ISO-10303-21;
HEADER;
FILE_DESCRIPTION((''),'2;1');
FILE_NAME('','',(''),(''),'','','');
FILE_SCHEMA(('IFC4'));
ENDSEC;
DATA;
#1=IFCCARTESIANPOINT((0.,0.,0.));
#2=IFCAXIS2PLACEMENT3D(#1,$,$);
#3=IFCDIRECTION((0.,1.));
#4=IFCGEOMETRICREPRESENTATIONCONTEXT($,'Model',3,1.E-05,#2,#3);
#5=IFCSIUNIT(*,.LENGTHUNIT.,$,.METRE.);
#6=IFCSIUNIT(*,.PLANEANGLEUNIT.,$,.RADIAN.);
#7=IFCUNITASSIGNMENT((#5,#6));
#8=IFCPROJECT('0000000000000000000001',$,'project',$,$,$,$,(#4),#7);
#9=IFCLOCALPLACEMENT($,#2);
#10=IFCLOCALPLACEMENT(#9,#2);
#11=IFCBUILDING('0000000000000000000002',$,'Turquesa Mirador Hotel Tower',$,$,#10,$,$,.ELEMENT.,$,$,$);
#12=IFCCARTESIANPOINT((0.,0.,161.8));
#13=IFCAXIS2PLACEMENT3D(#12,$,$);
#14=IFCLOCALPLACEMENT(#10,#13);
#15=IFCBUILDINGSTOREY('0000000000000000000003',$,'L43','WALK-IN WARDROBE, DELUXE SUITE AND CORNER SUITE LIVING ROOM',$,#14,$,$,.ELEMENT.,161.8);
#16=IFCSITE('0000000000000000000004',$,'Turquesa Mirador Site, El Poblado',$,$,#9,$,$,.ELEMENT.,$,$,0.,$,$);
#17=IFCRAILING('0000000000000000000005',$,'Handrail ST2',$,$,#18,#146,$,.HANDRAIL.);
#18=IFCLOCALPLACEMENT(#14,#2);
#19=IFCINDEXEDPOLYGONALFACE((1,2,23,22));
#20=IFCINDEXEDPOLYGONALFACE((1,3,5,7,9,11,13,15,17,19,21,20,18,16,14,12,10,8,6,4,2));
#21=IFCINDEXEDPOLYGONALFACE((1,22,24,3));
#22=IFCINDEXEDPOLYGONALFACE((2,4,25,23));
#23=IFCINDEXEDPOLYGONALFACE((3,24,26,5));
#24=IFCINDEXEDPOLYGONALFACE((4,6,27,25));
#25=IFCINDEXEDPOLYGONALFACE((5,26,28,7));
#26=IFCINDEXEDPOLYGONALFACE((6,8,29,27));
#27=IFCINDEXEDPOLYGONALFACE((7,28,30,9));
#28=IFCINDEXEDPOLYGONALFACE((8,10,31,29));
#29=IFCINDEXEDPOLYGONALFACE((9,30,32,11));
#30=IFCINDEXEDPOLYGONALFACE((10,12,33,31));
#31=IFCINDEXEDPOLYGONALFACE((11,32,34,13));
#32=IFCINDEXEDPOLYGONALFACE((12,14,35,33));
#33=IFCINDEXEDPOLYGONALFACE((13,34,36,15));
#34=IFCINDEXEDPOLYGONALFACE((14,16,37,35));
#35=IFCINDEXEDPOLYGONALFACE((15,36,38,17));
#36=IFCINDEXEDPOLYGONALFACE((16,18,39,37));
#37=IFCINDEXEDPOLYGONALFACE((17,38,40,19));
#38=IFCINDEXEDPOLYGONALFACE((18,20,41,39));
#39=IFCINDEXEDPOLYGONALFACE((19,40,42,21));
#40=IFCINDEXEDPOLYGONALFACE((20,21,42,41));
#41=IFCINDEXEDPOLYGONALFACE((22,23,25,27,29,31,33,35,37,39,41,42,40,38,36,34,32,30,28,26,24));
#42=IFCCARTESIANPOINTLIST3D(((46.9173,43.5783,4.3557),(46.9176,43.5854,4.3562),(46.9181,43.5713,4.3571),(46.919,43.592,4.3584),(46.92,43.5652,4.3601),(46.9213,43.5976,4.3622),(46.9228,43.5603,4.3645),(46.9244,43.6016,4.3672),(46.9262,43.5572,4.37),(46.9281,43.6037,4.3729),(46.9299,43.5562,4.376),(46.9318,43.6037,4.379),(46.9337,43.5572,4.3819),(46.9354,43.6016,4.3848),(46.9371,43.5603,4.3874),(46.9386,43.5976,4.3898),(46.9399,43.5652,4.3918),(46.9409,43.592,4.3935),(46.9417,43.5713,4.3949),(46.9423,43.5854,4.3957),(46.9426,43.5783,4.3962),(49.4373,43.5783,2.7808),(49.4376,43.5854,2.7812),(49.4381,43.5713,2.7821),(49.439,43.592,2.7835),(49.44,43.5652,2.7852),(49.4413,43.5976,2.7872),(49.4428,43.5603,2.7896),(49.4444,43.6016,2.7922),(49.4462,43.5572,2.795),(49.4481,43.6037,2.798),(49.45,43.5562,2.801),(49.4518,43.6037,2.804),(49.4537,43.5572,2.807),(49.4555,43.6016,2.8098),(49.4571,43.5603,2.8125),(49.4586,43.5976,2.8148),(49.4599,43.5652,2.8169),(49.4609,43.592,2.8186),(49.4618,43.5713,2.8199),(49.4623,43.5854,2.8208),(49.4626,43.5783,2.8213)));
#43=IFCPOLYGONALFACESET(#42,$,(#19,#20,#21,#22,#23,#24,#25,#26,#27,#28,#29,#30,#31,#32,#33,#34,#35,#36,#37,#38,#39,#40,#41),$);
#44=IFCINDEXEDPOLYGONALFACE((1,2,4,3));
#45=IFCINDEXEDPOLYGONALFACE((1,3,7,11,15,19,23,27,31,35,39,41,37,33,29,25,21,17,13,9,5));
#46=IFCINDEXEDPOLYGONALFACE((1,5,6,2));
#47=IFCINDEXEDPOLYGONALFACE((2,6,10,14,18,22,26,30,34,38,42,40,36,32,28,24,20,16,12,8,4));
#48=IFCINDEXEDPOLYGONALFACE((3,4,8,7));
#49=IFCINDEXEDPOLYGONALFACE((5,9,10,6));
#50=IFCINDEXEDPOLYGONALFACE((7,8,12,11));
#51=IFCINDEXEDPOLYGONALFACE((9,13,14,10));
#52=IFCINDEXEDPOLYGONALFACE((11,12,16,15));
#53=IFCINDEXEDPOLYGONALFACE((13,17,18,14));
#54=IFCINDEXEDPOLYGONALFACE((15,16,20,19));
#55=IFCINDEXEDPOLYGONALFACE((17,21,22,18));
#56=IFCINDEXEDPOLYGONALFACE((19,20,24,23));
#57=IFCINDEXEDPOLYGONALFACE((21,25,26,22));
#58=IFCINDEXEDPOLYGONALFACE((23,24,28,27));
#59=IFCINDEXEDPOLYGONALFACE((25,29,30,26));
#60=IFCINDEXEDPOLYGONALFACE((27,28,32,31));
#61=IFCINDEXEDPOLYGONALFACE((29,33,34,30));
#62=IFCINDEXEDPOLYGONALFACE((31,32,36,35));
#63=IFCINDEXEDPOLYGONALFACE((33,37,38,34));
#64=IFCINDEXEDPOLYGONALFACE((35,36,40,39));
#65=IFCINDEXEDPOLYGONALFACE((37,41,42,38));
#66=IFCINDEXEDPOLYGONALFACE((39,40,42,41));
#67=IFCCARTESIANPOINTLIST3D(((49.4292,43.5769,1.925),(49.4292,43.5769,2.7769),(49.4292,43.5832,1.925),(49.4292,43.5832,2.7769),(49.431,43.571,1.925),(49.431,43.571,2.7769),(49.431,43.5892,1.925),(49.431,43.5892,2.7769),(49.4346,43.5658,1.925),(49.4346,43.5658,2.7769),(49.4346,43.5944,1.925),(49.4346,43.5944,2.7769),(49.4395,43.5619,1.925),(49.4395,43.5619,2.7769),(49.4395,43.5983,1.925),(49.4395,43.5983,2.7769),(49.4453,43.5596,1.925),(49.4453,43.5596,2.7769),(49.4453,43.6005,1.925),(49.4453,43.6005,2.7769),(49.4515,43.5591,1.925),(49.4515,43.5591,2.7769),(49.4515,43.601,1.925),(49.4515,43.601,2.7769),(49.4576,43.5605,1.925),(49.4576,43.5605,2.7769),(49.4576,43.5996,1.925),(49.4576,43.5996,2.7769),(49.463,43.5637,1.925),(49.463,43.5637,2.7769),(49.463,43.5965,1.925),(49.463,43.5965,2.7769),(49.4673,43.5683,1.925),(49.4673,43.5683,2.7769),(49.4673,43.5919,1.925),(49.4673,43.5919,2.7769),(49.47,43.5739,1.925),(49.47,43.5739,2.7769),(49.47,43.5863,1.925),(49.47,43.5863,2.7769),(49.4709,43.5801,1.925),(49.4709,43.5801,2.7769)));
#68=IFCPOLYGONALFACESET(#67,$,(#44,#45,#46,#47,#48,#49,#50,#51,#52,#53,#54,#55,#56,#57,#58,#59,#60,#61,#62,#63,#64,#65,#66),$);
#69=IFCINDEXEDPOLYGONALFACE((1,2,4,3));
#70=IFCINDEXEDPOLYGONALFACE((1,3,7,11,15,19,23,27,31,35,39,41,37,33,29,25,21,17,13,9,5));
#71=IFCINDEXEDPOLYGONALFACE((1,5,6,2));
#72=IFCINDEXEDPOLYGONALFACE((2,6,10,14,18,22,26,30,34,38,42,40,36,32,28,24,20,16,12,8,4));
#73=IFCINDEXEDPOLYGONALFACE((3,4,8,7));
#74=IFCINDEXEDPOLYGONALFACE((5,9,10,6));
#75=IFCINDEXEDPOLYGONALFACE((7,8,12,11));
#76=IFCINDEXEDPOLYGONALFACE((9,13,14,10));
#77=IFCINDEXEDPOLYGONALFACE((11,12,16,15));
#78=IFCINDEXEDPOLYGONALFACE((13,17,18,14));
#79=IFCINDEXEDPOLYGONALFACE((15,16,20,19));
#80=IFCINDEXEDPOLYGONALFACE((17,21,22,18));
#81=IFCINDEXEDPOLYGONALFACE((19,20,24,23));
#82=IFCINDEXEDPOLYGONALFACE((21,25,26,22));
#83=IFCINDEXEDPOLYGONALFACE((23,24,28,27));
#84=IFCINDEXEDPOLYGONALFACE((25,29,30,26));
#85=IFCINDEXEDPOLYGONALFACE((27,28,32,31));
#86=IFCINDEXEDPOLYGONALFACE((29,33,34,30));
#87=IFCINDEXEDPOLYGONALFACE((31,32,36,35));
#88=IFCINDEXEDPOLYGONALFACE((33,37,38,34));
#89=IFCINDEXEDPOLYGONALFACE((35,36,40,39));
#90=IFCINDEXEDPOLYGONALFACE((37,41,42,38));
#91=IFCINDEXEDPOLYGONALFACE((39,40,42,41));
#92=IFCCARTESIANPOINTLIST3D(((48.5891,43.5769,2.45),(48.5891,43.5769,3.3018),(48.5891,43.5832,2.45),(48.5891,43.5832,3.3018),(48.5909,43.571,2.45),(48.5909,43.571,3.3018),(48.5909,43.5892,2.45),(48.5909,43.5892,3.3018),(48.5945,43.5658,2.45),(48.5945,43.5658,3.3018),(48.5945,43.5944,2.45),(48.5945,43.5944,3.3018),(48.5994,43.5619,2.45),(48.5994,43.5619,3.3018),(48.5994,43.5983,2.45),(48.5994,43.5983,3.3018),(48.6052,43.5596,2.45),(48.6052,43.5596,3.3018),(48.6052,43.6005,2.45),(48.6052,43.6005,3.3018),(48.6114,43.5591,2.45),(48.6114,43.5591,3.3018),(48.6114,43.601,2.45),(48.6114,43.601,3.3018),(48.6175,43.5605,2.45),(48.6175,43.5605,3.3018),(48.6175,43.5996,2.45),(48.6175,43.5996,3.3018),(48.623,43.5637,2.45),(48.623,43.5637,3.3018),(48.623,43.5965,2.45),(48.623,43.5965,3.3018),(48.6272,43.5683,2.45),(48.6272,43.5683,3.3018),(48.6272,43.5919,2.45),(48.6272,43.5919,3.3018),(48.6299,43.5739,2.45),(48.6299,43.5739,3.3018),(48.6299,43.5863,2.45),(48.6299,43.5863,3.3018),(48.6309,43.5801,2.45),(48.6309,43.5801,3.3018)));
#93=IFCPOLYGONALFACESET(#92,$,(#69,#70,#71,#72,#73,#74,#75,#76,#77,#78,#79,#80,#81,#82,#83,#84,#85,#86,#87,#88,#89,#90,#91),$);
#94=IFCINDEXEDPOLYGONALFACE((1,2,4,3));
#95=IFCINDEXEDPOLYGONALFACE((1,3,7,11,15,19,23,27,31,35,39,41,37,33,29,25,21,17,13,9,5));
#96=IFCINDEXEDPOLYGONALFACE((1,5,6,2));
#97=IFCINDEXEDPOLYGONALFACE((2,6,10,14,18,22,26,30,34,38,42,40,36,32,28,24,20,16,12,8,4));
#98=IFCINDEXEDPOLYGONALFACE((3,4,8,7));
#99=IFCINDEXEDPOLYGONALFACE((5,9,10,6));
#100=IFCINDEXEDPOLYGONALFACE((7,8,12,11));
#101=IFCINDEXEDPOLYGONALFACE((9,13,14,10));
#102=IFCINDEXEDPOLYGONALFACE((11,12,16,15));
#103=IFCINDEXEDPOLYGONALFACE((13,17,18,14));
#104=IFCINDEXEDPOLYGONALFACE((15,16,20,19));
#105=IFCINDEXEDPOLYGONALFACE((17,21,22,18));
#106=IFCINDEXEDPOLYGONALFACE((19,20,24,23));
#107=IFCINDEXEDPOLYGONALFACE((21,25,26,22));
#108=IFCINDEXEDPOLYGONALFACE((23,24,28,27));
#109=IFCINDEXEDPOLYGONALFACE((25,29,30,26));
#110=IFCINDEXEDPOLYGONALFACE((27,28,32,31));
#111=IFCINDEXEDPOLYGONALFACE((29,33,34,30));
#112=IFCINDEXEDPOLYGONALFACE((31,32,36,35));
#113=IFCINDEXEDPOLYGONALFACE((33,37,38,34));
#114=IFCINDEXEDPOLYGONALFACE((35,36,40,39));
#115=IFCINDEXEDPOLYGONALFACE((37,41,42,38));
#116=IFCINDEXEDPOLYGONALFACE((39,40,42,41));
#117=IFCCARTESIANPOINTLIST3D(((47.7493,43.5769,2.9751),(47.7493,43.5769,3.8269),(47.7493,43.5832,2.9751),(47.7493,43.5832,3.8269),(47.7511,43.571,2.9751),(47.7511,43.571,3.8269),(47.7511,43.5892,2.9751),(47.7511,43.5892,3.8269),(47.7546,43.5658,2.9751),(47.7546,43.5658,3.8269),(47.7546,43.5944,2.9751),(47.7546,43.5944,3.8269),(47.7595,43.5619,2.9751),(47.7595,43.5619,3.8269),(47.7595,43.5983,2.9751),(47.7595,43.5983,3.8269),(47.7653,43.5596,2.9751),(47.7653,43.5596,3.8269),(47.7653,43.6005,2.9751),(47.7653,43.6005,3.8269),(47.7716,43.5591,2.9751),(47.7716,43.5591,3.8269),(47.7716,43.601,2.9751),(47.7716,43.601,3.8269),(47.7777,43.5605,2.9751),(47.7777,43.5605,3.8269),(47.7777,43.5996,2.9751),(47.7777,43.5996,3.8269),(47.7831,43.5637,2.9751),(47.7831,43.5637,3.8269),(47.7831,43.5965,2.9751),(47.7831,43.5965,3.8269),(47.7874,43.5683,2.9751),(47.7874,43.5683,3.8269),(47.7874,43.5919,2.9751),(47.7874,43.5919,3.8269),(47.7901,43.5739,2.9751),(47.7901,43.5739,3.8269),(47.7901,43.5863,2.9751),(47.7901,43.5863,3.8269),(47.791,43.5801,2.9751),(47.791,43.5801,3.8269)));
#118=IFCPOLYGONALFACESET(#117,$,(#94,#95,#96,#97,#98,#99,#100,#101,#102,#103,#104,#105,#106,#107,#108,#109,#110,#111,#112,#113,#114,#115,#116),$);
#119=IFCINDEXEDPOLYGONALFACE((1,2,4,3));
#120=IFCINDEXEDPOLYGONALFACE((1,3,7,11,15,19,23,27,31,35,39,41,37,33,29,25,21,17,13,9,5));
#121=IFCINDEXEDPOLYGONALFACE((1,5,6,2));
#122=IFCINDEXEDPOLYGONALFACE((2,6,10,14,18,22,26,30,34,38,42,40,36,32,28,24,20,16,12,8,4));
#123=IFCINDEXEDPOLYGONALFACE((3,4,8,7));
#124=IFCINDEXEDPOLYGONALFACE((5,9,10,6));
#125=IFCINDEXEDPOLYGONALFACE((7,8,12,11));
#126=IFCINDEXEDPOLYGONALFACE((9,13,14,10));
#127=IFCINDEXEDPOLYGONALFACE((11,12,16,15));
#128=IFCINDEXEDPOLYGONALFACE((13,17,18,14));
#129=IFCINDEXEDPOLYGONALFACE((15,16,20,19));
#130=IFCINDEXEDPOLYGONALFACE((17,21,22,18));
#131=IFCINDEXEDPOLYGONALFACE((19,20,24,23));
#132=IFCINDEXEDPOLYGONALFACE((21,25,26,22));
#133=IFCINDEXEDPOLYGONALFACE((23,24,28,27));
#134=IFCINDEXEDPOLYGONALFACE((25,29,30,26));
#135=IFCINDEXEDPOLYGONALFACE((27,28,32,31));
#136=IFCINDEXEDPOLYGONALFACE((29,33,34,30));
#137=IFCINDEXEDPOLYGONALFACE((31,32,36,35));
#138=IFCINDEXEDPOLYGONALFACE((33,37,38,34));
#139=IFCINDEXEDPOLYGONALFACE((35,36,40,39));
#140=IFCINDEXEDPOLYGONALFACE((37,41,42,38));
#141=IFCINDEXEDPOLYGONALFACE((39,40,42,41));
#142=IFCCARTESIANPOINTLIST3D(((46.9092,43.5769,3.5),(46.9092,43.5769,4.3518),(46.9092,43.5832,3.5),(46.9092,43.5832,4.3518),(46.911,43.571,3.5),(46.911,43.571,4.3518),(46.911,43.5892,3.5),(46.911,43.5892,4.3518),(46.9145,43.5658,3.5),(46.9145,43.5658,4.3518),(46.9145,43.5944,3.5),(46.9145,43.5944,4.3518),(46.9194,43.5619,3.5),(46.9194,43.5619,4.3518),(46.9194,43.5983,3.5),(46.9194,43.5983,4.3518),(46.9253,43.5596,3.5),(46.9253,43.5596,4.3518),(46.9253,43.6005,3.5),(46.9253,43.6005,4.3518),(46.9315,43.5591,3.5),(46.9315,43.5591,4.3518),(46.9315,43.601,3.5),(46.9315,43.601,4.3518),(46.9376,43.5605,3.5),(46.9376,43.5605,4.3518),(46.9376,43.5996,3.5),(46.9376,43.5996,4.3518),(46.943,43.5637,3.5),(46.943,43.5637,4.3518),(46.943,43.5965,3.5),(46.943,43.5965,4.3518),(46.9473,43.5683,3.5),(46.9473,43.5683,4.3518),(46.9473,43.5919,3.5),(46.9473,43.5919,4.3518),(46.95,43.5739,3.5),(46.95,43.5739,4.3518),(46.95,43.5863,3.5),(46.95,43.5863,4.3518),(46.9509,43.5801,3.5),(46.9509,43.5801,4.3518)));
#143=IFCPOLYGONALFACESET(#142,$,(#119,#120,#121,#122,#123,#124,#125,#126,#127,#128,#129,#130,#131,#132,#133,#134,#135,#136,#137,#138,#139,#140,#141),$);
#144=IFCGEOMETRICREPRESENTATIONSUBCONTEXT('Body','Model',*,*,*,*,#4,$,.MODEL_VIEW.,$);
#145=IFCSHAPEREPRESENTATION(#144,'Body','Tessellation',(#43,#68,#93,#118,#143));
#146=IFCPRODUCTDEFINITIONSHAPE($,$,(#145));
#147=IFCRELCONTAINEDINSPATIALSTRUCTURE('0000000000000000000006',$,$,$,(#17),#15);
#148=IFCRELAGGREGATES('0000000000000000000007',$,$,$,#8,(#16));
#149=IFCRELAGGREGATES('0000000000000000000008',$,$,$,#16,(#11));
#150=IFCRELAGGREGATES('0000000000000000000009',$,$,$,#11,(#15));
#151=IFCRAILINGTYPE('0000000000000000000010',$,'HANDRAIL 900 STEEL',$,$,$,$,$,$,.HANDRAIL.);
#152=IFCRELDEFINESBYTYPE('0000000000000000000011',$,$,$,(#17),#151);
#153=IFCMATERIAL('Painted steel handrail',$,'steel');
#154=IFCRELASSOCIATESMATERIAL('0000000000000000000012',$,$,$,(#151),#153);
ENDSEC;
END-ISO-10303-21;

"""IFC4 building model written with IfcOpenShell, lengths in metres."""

from ifc_helpers import new_model, si_unit, direction, frame, origin, origin_2d, place, context, subcontext, project, spatial, circle, extrude, material, type_object, element, save


model = new_model("IFC4")

# Units and contexts
model_context = context("Model", 3, precision=1e-05, world=origin(), true_north=direction((0.0, 1.0)))
body_context = subcontext(model_context, "Body", "Model", "MODEL_VIEW")
ifc_project = project(units=[si_unit("LENGTHUNIT", "METRE"), si_unit("PLANEANGLEUNIT", "RADIAN")], contexts=[model_context])

# Site, building, storey
site_placement = place(None, origin())
site = spatial("IfcSite", under=ifc_project, at=site_placement, Name="Turquesa Mirador Site, El Poblado", CompositionType="ELEMENT", RefElevation=0.0)
building_placement = place(site_placement, origin())
building = spatial("IfcBuilding", under=site, at=building_placement, Name="Turquesa Mirador Hotel Tower", CompositionType="ELEMENT")
storey_placement = place(building_placement, frame((0.0, 0.0, 161.8)))
storey = spatial("IfcBuildingStorey", under=building, at=storey_placement, Name="L43", Description="WALK-IN WARDROBE, DELUXE SUITE AND CORNER SUITE LIVING ROOM", CompositionType="ELEMENT", Elevation=161.8)

# Railing
ifc_material_1 = material(Name="Painted steel handrail", Category="steel")
railing_type = type_object("IfcRailingType", Name="HANDRAIL 900 STEEL", PredefinedType="HANDRAIL", material=ifc_material_1)
railing_1_placement = place(storey_placement, frame((49.45, 43.5801, 1.925)))
element("IfcRailing", 1, at=railing_1_placement, inside=storey, type_object=railing_type, Name="Handrail ST2", PredefinedType="HANDRAIL", context=body_context, shape_type="SweptSolid", body=[
    extrude(circle(Radius=0.0239, at=origin_2d()), frame((0.0, 0.0, 0.876), z_axis=(-0.848008, 0.0, 0.529984), x_axis=(0.0, -1.0, 0.0)), (0.0, 0.0, 1.0), 2.9717),
    extrude(circle(Radius=0.021, at=origin_2d()), origin(), (0.0, 0.0, 1.0), 0.8518),
    extrude(circle(Radius=0.021, at=origin_2d()), frame((-0.8401, 0.0, 0.5249)), (0.0, 0.0, 1.0), 0.8518),
    extrude(circle(Radius=0.021, at=origin_2d()), frame((-1.6799, 0.0, 1.05)), (0.0, 0.0, 1.0), 0.8518),
    extrude(circle(Radius=0.021, at=origin_2d()), frame((-2.52, 0.0, 1.575)), (0.0, 0.0, 1.0), 0.8518),
])

save(model, "model.ifc")
